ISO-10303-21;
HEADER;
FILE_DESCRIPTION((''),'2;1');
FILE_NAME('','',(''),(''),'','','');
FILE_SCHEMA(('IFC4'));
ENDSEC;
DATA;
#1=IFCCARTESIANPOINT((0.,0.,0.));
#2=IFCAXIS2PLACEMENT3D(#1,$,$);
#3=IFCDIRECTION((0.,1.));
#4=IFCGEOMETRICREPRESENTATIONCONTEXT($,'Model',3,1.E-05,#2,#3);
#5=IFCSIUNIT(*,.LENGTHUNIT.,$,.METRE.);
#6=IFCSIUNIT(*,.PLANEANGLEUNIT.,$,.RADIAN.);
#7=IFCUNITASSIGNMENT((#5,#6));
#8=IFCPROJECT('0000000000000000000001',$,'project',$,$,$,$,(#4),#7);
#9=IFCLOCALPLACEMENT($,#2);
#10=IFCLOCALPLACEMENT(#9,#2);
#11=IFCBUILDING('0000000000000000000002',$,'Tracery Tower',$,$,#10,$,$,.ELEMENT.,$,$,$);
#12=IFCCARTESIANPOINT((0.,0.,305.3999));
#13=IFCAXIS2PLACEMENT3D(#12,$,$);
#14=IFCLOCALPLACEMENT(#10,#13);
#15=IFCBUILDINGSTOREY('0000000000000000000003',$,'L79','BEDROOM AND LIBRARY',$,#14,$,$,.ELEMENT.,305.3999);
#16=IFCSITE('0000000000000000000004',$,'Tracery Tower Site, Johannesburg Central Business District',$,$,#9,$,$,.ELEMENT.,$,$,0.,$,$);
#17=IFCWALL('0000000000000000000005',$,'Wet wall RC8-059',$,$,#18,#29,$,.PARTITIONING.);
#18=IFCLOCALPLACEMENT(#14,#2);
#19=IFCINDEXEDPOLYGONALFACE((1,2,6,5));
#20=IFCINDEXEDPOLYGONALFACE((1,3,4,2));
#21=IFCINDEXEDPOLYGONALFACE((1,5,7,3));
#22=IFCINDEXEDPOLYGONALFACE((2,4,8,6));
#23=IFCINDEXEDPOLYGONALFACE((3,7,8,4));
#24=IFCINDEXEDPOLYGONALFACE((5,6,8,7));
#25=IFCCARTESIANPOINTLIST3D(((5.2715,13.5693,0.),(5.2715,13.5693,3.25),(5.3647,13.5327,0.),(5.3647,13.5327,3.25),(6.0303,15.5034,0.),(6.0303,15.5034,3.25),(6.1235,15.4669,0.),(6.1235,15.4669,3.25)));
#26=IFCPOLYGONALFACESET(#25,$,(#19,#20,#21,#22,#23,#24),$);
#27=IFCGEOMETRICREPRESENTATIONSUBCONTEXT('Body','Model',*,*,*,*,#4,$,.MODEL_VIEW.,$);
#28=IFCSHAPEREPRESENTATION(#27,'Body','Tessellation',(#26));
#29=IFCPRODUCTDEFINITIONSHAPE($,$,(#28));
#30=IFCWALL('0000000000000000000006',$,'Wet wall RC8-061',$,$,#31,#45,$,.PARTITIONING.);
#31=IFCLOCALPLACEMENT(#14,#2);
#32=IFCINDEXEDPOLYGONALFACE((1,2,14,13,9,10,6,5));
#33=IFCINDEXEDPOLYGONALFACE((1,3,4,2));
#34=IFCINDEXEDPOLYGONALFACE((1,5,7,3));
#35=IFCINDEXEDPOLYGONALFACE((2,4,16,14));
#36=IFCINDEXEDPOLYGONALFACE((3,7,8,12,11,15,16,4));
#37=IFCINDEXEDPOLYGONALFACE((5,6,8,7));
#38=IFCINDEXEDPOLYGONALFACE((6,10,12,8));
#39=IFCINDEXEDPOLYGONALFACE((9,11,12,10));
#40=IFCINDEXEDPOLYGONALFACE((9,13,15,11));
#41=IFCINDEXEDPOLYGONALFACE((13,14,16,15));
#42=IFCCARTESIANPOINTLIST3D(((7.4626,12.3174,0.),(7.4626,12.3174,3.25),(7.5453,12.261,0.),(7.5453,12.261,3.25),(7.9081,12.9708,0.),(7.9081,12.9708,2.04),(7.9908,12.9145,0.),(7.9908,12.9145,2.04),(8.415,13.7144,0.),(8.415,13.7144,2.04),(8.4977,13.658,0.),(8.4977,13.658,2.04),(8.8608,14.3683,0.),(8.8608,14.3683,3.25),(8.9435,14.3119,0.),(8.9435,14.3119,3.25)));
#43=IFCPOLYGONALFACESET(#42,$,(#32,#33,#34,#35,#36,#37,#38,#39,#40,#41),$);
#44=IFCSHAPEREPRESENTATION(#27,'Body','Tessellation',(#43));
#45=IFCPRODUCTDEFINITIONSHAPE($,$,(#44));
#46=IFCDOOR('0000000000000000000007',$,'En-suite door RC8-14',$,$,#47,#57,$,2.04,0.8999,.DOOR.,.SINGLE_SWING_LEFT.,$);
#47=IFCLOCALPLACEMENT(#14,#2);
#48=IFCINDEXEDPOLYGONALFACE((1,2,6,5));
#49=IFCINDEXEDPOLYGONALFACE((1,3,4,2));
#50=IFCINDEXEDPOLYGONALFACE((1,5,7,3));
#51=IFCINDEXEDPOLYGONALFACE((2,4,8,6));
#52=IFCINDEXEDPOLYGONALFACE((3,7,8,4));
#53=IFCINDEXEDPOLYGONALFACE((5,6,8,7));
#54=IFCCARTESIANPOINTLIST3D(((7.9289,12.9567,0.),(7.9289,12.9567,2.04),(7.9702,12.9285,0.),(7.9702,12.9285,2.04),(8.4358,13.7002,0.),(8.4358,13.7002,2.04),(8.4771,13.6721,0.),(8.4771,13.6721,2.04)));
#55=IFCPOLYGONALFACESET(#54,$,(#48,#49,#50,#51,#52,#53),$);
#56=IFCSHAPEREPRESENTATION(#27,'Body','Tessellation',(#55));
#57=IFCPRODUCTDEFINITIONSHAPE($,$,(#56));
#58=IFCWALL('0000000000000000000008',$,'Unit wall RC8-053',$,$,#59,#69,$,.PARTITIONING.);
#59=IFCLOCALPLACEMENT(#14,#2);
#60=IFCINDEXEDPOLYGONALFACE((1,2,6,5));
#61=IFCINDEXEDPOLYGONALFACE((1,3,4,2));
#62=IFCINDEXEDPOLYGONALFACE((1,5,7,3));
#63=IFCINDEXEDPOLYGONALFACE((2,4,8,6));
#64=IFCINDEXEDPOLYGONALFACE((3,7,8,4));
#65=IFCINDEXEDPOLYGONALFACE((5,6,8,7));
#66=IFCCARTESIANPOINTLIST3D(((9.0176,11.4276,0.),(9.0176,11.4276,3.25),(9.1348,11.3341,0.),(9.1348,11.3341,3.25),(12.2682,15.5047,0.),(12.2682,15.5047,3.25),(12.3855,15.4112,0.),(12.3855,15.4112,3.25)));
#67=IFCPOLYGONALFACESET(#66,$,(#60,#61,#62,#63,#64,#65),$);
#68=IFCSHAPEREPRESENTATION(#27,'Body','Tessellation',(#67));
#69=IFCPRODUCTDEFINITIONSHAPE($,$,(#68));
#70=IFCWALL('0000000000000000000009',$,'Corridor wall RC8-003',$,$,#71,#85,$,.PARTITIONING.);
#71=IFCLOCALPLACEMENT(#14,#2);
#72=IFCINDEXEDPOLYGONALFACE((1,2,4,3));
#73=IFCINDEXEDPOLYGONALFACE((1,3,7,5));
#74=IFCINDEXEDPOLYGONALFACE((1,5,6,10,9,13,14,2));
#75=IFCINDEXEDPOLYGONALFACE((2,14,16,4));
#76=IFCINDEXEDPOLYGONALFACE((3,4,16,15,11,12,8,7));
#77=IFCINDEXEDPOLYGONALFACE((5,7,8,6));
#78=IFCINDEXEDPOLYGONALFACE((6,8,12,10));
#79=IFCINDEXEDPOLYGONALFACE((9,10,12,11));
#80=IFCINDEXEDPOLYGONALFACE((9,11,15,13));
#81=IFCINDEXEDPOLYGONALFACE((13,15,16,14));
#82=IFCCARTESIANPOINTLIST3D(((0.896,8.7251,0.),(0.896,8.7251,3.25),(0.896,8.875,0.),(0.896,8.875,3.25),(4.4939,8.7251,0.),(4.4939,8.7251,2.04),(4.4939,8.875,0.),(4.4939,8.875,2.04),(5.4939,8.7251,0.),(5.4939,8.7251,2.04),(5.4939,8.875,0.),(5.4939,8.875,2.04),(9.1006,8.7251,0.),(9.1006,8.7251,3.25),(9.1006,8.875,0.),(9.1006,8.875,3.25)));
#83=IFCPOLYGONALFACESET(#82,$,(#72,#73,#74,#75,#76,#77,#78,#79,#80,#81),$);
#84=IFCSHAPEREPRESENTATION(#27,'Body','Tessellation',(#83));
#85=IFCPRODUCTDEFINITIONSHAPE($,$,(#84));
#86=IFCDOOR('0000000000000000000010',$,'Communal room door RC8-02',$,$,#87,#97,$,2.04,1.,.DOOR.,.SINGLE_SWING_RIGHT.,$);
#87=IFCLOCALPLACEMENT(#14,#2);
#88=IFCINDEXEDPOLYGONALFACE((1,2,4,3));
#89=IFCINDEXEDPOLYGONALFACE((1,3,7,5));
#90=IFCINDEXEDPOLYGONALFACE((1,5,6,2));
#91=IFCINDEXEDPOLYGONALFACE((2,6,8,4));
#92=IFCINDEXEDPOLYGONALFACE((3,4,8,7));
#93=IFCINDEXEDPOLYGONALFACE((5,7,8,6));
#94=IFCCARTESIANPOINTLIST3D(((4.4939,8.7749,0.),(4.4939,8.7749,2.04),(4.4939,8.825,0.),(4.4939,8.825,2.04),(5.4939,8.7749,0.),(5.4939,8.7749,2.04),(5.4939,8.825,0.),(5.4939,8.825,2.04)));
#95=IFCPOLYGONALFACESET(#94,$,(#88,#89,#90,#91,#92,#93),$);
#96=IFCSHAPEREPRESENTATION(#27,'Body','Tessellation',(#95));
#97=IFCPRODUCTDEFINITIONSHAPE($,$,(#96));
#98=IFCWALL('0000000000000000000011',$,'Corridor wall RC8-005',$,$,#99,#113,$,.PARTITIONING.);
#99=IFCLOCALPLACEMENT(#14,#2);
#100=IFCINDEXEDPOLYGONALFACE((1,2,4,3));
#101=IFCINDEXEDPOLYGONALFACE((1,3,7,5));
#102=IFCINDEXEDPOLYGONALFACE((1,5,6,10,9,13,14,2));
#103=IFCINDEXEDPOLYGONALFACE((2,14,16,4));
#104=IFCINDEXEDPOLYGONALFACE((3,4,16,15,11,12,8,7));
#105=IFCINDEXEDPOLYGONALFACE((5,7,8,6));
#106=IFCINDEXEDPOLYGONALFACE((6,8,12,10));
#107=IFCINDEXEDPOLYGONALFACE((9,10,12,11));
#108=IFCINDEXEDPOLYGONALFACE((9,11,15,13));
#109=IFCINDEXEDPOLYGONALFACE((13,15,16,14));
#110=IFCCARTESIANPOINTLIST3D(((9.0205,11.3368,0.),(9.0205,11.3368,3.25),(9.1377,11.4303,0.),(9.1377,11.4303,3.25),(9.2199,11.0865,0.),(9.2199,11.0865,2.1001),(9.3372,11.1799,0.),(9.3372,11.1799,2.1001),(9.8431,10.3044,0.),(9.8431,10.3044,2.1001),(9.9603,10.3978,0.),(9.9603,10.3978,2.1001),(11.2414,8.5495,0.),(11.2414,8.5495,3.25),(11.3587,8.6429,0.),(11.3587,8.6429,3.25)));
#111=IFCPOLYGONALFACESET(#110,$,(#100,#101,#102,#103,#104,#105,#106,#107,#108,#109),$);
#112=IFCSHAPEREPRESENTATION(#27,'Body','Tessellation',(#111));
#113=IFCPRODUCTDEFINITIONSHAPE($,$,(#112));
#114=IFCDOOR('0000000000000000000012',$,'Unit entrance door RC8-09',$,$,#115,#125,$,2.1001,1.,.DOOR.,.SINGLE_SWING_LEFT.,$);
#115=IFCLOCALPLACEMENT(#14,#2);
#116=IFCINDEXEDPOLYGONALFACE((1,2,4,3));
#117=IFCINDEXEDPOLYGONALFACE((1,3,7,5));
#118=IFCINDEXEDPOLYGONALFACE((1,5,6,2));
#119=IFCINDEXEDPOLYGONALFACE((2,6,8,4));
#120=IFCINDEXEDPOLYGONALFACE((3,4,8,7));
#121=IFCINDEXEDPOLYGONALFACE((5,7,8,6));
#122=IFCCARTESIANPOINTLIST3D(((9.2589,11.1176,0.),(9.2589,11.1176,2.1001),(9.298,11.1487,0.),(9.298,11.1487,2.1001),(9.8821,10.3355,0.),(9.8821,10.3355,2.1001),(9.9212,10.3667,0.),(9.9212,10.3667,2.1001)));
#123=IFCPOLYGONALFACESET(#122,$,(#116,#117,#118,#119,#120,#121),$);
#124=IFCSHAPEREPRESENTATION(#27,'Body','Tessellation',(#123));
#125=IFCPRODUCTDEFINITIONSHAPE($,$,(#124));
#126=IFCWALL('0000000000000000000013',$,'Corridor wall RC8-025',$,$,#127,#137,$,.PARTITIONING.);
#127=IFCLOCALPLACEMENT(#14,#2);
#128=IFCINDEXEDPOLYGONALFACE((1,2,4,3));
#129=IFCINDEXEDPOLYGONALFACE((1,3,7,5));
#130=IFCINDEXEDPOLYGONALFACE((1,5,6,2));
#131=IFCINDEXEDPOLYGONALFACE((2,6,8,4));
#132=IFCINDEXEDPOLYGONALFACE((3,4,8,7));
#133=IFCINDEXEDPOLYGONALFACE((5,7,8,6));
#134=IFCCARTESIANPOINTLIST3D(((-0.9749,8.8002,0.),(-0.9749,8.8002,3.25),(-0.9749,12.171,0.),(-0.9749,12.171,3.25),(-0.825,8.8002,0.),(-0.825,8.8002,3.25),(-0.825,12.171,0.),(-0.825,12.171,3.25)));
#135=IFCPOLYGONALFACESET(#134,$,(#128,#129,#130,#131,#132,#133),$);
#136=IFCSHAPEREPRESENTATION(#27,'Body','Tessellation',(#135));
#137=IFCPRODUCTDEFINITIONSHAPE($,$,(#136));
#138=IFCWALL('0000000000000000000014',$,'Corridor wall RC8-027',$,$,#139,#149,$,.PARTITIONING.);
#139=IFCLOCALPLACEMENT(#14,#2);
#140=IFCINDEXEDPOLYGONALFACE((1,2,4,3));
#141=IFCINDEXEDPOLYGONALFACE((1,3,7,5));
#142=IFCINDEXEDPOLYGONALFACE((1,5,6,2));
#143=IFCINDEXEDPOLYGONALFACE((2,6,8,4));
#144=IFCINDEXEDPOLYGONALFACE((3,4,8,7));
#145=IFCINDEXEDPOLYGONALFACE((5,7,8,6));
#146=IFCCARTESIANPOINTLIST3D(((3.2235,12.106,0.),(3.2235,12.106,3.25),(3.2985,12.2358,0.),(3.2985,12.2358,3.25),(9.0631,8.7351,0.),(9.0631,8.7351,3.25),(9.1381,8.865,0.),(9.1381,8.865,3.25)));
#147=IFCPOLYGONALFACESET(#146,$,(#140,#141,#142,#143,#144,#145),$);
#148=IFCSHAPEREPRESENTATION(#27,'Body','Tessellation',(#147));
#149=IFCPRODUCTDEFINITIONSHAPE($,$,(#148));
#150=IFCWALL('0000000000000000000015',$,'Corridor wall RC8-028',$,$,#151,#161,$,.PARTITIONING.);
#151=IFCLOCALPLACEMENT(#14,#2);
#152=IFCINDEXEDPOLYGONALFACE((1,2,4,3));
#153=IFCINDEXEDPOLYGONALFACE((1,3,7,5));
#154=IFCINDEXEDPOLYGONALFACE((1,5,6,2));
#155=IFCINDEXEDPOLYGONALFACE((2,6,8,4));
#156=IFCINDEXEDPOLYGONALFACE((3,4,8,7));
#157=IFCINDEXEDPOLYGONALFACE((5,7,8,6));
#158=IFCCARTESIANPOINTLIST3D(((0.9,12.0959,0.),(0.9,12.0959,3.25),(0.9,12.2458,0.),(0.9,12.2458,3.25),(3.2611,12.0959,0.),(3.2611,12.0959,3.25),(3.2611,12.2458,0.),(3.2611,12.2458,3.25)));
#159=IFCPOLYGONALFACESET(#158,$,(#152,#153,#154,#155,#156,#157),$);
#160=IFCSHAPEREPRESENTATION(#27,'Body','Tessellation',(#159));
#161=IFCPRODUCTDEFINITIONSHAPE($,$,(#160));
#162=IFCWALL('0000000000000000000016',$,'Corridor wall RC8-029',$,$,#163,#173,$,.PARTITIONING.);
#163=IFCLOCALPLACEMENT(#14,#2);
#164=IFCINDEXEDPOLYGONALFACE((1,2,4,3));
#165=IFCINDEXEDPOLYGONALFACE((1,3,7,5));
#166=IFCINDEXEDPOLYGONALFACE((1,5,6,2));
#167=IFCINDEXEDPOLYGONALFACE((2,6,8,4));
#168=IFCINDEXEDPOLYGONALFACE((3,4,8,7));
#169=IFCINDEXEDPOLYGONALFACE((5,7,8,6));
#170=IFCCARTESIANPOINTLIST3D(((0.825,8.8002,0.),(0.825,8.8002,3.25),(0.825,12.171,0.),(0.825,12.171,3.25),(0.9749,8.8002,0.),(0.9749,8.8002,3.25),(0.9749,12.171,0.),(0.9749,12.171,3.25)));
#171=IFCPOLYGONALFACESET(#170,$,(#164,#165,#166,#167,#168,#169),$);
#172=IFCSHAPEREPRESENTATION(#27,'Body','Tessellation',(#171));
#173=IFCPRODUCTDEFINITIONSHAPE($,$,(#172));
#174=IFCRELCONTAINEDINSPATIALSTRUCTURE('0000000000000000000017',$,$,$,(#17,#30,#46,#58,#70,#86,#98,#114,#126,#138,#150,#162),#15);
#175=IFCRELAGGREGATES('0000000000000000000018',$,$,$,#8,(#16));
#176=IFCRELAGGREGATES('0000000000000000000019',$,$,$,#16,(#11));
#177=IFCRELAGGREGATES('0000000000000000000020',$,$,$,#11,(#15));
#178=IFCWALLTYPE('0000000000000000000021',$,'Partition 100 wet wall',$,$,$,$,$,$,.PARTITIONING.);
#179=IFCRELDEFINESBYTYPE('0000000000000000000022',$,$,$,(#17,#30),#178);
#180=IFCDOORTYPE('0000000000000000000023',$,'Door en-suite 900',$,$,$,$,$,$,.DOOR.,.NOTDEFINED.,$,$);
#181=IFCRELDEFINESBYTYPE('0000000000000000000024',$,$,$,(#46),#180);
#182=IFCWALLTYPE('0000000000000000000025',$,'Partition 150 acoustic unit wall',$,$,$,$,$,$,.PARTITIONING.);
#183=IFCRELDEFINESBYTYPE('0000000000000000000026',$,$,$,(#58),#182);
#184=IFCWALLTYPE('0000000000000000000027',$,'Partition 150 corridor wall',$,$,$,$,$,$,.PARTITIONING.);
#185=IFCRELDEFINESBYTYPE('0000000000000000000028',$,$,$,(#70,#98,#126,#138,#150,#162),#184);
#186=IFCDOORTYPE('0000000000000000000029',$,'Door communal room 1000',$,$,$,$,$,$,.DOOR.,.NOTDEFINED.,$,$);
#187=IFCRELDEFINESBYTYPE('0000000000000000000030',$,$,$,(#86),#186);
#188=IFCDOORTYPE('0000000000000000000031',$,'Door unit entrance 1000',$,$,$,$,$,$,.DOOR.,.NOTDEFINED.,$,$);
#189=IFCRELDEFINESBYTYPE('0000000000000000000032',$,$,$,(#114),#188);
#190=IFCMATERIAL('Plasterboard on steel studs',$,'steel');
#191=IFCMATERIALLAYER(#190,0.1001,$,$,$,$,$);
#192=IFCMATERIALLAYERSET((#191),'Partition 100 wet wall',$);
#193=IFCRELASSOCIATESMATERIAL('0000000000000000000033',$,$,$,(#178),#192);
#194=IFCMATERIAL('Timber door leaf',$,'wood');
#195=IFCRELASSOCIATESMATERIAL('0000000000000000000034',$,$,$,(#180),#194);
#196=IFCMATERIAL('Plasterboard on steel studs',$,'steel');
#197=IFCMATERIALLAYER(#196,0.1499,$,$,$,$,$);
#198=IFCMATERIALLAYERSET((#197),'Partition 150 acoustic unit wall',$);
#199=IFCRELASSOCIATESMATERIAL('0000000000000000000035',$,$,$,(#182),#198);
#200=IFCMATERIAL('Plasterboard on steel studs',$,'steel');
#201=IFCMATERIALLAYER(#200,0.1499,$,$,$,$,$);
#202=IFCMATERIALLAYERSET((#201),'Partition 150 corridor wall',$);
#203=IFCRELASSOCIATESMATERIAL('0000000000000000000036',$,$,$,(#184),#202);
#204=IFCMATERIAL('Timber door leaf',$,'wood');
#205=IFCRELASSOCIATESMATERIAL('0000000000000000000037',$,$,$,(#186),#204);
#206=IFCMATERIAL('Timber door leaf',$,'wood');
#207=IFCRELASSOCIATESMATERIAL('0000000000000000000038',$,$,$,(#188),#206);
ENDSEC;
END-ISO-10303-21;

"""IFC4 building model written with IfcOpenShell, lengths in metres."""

from ifc_helpers import new_model, si_unit, direction, frame, frame_2d, origin, place, context, subcontext, project, spatial, rectangle, extrude, material, layer, layer_set, type_object, element, fill, save


model = new_model("IFC4")

# Units and contexts
model_context = context("Model", 3, precision=1e-05, world=origin(), true_north=direction((0.0, 1.0)))
body_context = subcontext(model_context, "Body", "Model", "MODEL_VIEW")
ifc_project = project(units=[si_unit("LENGTHUNIT", "METRE"), si_unit("PLANEANGLEUNIT", "RADIAN")], contexts=[model_context])

# Site, building, storey
site_placement = place(None, origin())
site = spatial("IfcSite", under=ifc_project, at=site_placement, Name="Tracery Tower Site, Johannesburg Central Business District", CompositionType="ELEMENT", RefElevation=0.0)
building_placement = place(site_placement, origin())
building = spatial("IfcBuilding", under=site, at=building_placement, Name="Tracery Tower", CompositionType="ELEMENT")
storey_placement = place(building_placement, frame((0.0, 0.0, 305.3999)))
storey = spatial("IfcBuildingStorey", under=building, at=storey_placement, Name="L79", Description="BEDROOM AND LIBRARY", CompositionType="ELEMENT", Elevation=305.3999)

# Wall
ifc_material_1 = material(Name="Plasterboard on steel studs", Category="steel")
ifc_layer_1 = layer(ifc_material_1, 0.1001)
ifc_layer_set_1 = layer_set([ifc_layer_1], Name="Partition 100 wet wall")
wall_type_1 = type_object("IfcWallType", Name="Partition 100 wet wall", PredefinedType="PARTITIONING", material=ifc_layer_set_1)
wall_1_placement = place(storey_placement, frame((5.3181, 13.551, 0.0), z_axis=(0.0, 0.0, 1.0), x_axis=(0.365223, 0.93092, 0.0)))
element("IfcWall", 1, at=wall_1_placement, inside=storey, type_object=wall_type_1, Name="Wet wall RC8-059", PredefinedType="PARTITIONING", context=body_context, shape_type="SweptSolid", body=[
    extrude(rectangle(XDim=2.0776, YDim=0.1001, at=frame_2d((1.0388, 0.0))), origin(), (0.0, 0.0, 1.0), 3.25),
])

# Wall, opening, door
wall_2_placement = place(storey_placement, frame((7.5039, 12.2891, 0.0), z_axis=(0.0, 0.0, 1.0), x_axis=(0.563273, 0.826271, 0.0)))
wall_2 = element("IfcWall", 2, at=wall_2_placement, inside=storey, type_object=wall_type_1, Name="Wet wall RC8-061", PredefinedType="PARTITIONING", context=body_context, shape_type="SweptSolid", body=[
    extrude(rectangle(XDim=2.4822, YDim=0.1001, at=frame_2d((1.2412, 0.0))), origin(), (0.0, 0.0, 1.0), 3.25),
])
opening_1_placement = place(wall_2_placement, frame((0.791, 0.0, 0.0)))
opening_1 = element("IfcOpeningElement", 3, at=opening_1_placement, cuts=wall_2, PredefinedType="OPENING", context=body_context, shape_type="SweptSolid", body=[
    extrude(rectangle(XDim=0.8999, YDim=2.04, at=frame_2d((0.45, 1.02))), frame((0.0, 0.05, 0.0), z_axis=(0.0, -1.0, 0.0), x_axis=(1.0, 0.0, 0.0)), (0.0, 0.0, 1.0), 0.1001),
])
ifc_material_2 = material(Name="Timber door leaf", Category="wood")
door_type_1 = type_object("IfcDoorType", Name="Door en-suite 900", OperationType="NOTDEFINED", PredefinedType="DOOR", material=ifc_material_2)
door_1_placement = place(opening_1_placement, origin())
door_1 = element("IfcDoor", 4, at=door_1_placement, inside=storey, type_object=door_type_1, Name="En-suite door RC8-14", OperationType="SINGLE_SWING_LEFT", OverallHeight=2.04, OverallWidth=0.8999, PredefinedType="DOOR", context=body_context, shape_type="SweptSolid", body=[
    extrude(rectangle(XDim=0.8999, YDim=2.04, at=frame_2d((0.45, 1.02))), frame((0.0, 0.0249, 0.0), z_axis=(0.0, -1.0, 0.0), x_axis=(1.0, 0.0, 0.0)), (0.0, 0.0, 1.0), 0.05),
])
fill(opening_1, door_1)

# Wall
ifc_material_3 = material(Name="Plasterboard on steel studs", Category="steel")
ifc_layer_2 = layer(ifc_material_3, 0.1499)
ifc_layer_set_2 = layer_set([ifc_layer_2], Name="Partition 150 acoustic unit wall")
wall_type_2 = type_object("IfcWallType", Name="Partition 150 acoustic unit wall", PredefinedType="PARTITIONING", material=ifc_layer_set_2)
wall_3_placement = place(storey_placement, frame((9.0762, 11.3809, 0.0), z_axis=(0.0, 0.0, 1.0), x_axis=(0.62341, 0.781896, 0.0)))
element("IfcWall", 5, at=wall_3_placement, inside=storey, type_object=wall_type_2, Name="Unit wall RC8-053", PredefinedType="PARTITIONING", context=body_context, shape_type="SweptSolid", body=[
    extrude(rectangle(XDim=5.2144, YDim=0.1499, at=frame_2d((2.6072, 0.0))), origin(), (0.0, 0.0, 1.0), 3.25),
])

# Walls, openings, doors
ifc_material_4 = material(Name="Plasterboard on steel studs", Category="steel")
ifc_layer_3 = layer(ifc_material_4, 0.1499)
ifc_layer_set_3 = layer_set([ifc_layer_3], Name="Partition 150 corridor wall")
wall_type_3 = type_object("IfcWallType", Name="Partition 150 corridor wall", PredefinedType="PARTITIONING", material=ifc_layer_set_3)
wall_4_placement = place(storey_placement, frame((0.896, 8.8, 0.0), z_axis=(0.0, 0.0, 1.0), x_axis=(1.0, 0.0, 0.0)))
wall_4 = element("IfcWall", 6, at=wall_4_placement, inside=storey, type_object=wall_type_3, Name="Corridor wall RC8-003", PredefinedType="PARTITIONING", context=body_context, shape_type="SweptSolid", body=[
    extrude(rectangle(XDim=8.2046, YDim=0.1499, at=frame_2d((4.1023, 0.0))), origin(), (0.0, 0.0, 1.0), 3.25),
])
opening_2_placement = place(wall_4_placement, frame((3.5979, 0.0, 0.0)))
opening_2 = element("IfcOpeningElement", 7, at=opening_2_placement, cuts=wall_4, PredefinedType="OPENING", context=body_context, shape_type="SweptSolid", body=[
    extrude(rectangle(XDim=1.0, YDim=2.04, at=frame_2d((0.5, 1.02))), frame((0.0, 0.075, 0.0), z_axis=(0.0, -1.0, 0.0), x_axis=(1.0, 0.0, 0.0)), (0.0, 0.0, 1.0), 0.1499),
])
ifc_material_5 = material(Name="Timber door leaf", Category="wood")
door_type_2 = type_object("IfcDoorType", Name="Door communal room 1000", OperationType="NOTDEFINED", PredefinedType="DOOR", material=ifc_material_5)
door_2_placement = place(opening_2_placement, origin())
door_2 = element("IfcDoor", 8, at=door_2_placement, inside=storey, type_object=door_type_2, Name="Communal room door RC8-02", OperationType="SINGLE_SWING_RIGHT", OverallHeight=2.04, OverallWidth=1.0, PredefinedType="DOOR", context=body_context, shape_type="SweptSolid", body=[
    extrude(rectangle(XDim=1.0, YDim=2.04, at=frame_2d((0.5, 1.02))), frame((0.0, 0.0249, 0.0), z_axis=(0.0, -1.0, 0.0), x_axis=(1.0, 0.0, 0.0)), (0.0, 0.0, 1.0), 0.05),
])
fill(opening_2, door_2)
wall_5_placement = place(storey_placement, frame((9.0791, 11.3835, 0.0), z_axis=(0.0, 0.0, 1.0), x_axis=(0.623165, -0.78209, 0.0)))
wall_5 = element("IfcWall", 9, at=wall_5_placement, inside=storey, type_object=wall_type_3, Name="Corridor wall RC8-005", PredefinedType="PARTITIONING", context=body_context, shape_type="SweptSolid", body=[
    extrude(rectangle(XDim=3.564, YDim=0.1499, at=frame_2d((1.782, 0.0))), origin(), (0.0, 0.0, 1.0), 3.25),
])
opening_3_placement = place(wall_5_placement, frame((0.3201, 0.0, 0.0)))
opening_3 = element("IfcOpeningElement", 10, at=opening_3_placement, cuts=wall_5, PredefinedType="OPENING", context=body_context, shape_type="SweptSolid", body=[
    extrude(rectangle(XDim=1.0, YDim=2.1001, at=frame_2d((0.5, 1.05))), frame((0.0, 0.075, 0.0), z_axis=(0.0, -1.0, 0.0), x_axis=(1.0, 0.0, 0.0)), (0.0, 0.0, 1.0), 0.1499),
])
ifc_material_6 = material(Name="Timber door leaf", Category="wood")
door_type_3 = type_object("IfcDoorType", Name="Door unit entrance 1000", OperationType="NOTDEFINED", PredefinedType="DOOR", material=ifc_material_6)
door_3_placement = place(opening_3_placement, origin())
door_3 = element("IfcDoor", 11, at=door_3_placement, inside=storey, type_object=door_type_3, Name="Unit entrance door RC8-09", OperationType="SINGLE_SWING_LEFT", OverallHeight=2.1001, OverallWidth=1.0, PredefinedType="DOOR", context=body_context, shape_type="SweptSolid", body=[
    extrude(rectangle(XDim=1.0, YDim=2.1001, at=frame_2d((0.5, 1.05))), frame((0.0, 0.0249, 0.0), z_axis=(0.0, -1.0, 0.0), x_axis=(1.0, 0.0, 0.0)), (0.0, 0.0, 1.0), 0.05),
])
fill(opening_3, door_3)

# Walls
wall_6_placement = place(storey_placement, frame((-0.8999, 8.8, 0.0), z_axis=(0.0, 0.0, 1.0), x_axis=(0.0, 1.0, 0.0)))
element("IfcWall", 12, at=wall_6_placement, inside=storey, type_object=wall_type_3, Name="Corridor wall RC8-025", PredefinedType="PARTITIONING", context=body_context, shape_type="SweptSolid", body=[
    extrude(rectangle(XDim=3.3708, YDim=0.1499, at=frame_2d((1.6855, 0.0))), origin(), (0.0, 0.0, 1.0), 3.25),
])
wall_7_placement = place(storey_placement, frame((3.261, 12.1709, 0.0), z_axis=(0.0, 0.0, 1.0), x_axis=(0.866067, -0.499928, 0.0)))
element("IfcWall", 13, at=wall_7_placement, inside=storey, type_object=wall_type_3, Name="Corridor wall RC8-027", PredefinedType="PARTITIONING", context=body_context, shape_type="SweptSolid", body=[
    extrude(rectangle(XDim=6.7427, YDim=0.1499, at=frame_2d((3.3713, 0.0))), origin(), (0.0, 0.0, 1.0), 3.25),
])
wall_8_placement = place(storey_placement, frame((0.8999, 12.1709, 0.0), z_axis=(0.0, 0.0, 1.0), x_axis=(1.0, 0.0, 0.0)))
element("IfcWall", 14, at=wall_8_placement, inside=storey, type_object=wall_type_3, Name="Corridor wall RC8-028", PredefinedType="PARTITIONING", context=body_context, shape_type="SweptSolid", body=[
    extrude(rectangle(XDim=2.3611, YDim=0.1499, at=frame_2d((1.1807, 0.0))), origin(), (0.0, 0.0, 1.0), 3.25),
])
wall_9_placement = place(storey_placement, frame((0.8999, 8.8, 0.0), z_axis=(0.0, 0.0, 1.0), x_axis=(0.0, 1.0, 0.0)))
element("IfcWall", 15, at=wall_9_placement, inside=storey, type_object=wall_type_3, Name="Corridor wall RC8-029", PredefinedType="PARTITIONING", context=body_context, shape_type="SweptSolid", body=[
    extrude(rectangle(XDim=3.3708, YDim=0.1499, at=frame_2d((1.6855, 0.0))), origin(), (0.0, 0.0, 1.0), 3.25),
])

save(model, "model.ifc")
